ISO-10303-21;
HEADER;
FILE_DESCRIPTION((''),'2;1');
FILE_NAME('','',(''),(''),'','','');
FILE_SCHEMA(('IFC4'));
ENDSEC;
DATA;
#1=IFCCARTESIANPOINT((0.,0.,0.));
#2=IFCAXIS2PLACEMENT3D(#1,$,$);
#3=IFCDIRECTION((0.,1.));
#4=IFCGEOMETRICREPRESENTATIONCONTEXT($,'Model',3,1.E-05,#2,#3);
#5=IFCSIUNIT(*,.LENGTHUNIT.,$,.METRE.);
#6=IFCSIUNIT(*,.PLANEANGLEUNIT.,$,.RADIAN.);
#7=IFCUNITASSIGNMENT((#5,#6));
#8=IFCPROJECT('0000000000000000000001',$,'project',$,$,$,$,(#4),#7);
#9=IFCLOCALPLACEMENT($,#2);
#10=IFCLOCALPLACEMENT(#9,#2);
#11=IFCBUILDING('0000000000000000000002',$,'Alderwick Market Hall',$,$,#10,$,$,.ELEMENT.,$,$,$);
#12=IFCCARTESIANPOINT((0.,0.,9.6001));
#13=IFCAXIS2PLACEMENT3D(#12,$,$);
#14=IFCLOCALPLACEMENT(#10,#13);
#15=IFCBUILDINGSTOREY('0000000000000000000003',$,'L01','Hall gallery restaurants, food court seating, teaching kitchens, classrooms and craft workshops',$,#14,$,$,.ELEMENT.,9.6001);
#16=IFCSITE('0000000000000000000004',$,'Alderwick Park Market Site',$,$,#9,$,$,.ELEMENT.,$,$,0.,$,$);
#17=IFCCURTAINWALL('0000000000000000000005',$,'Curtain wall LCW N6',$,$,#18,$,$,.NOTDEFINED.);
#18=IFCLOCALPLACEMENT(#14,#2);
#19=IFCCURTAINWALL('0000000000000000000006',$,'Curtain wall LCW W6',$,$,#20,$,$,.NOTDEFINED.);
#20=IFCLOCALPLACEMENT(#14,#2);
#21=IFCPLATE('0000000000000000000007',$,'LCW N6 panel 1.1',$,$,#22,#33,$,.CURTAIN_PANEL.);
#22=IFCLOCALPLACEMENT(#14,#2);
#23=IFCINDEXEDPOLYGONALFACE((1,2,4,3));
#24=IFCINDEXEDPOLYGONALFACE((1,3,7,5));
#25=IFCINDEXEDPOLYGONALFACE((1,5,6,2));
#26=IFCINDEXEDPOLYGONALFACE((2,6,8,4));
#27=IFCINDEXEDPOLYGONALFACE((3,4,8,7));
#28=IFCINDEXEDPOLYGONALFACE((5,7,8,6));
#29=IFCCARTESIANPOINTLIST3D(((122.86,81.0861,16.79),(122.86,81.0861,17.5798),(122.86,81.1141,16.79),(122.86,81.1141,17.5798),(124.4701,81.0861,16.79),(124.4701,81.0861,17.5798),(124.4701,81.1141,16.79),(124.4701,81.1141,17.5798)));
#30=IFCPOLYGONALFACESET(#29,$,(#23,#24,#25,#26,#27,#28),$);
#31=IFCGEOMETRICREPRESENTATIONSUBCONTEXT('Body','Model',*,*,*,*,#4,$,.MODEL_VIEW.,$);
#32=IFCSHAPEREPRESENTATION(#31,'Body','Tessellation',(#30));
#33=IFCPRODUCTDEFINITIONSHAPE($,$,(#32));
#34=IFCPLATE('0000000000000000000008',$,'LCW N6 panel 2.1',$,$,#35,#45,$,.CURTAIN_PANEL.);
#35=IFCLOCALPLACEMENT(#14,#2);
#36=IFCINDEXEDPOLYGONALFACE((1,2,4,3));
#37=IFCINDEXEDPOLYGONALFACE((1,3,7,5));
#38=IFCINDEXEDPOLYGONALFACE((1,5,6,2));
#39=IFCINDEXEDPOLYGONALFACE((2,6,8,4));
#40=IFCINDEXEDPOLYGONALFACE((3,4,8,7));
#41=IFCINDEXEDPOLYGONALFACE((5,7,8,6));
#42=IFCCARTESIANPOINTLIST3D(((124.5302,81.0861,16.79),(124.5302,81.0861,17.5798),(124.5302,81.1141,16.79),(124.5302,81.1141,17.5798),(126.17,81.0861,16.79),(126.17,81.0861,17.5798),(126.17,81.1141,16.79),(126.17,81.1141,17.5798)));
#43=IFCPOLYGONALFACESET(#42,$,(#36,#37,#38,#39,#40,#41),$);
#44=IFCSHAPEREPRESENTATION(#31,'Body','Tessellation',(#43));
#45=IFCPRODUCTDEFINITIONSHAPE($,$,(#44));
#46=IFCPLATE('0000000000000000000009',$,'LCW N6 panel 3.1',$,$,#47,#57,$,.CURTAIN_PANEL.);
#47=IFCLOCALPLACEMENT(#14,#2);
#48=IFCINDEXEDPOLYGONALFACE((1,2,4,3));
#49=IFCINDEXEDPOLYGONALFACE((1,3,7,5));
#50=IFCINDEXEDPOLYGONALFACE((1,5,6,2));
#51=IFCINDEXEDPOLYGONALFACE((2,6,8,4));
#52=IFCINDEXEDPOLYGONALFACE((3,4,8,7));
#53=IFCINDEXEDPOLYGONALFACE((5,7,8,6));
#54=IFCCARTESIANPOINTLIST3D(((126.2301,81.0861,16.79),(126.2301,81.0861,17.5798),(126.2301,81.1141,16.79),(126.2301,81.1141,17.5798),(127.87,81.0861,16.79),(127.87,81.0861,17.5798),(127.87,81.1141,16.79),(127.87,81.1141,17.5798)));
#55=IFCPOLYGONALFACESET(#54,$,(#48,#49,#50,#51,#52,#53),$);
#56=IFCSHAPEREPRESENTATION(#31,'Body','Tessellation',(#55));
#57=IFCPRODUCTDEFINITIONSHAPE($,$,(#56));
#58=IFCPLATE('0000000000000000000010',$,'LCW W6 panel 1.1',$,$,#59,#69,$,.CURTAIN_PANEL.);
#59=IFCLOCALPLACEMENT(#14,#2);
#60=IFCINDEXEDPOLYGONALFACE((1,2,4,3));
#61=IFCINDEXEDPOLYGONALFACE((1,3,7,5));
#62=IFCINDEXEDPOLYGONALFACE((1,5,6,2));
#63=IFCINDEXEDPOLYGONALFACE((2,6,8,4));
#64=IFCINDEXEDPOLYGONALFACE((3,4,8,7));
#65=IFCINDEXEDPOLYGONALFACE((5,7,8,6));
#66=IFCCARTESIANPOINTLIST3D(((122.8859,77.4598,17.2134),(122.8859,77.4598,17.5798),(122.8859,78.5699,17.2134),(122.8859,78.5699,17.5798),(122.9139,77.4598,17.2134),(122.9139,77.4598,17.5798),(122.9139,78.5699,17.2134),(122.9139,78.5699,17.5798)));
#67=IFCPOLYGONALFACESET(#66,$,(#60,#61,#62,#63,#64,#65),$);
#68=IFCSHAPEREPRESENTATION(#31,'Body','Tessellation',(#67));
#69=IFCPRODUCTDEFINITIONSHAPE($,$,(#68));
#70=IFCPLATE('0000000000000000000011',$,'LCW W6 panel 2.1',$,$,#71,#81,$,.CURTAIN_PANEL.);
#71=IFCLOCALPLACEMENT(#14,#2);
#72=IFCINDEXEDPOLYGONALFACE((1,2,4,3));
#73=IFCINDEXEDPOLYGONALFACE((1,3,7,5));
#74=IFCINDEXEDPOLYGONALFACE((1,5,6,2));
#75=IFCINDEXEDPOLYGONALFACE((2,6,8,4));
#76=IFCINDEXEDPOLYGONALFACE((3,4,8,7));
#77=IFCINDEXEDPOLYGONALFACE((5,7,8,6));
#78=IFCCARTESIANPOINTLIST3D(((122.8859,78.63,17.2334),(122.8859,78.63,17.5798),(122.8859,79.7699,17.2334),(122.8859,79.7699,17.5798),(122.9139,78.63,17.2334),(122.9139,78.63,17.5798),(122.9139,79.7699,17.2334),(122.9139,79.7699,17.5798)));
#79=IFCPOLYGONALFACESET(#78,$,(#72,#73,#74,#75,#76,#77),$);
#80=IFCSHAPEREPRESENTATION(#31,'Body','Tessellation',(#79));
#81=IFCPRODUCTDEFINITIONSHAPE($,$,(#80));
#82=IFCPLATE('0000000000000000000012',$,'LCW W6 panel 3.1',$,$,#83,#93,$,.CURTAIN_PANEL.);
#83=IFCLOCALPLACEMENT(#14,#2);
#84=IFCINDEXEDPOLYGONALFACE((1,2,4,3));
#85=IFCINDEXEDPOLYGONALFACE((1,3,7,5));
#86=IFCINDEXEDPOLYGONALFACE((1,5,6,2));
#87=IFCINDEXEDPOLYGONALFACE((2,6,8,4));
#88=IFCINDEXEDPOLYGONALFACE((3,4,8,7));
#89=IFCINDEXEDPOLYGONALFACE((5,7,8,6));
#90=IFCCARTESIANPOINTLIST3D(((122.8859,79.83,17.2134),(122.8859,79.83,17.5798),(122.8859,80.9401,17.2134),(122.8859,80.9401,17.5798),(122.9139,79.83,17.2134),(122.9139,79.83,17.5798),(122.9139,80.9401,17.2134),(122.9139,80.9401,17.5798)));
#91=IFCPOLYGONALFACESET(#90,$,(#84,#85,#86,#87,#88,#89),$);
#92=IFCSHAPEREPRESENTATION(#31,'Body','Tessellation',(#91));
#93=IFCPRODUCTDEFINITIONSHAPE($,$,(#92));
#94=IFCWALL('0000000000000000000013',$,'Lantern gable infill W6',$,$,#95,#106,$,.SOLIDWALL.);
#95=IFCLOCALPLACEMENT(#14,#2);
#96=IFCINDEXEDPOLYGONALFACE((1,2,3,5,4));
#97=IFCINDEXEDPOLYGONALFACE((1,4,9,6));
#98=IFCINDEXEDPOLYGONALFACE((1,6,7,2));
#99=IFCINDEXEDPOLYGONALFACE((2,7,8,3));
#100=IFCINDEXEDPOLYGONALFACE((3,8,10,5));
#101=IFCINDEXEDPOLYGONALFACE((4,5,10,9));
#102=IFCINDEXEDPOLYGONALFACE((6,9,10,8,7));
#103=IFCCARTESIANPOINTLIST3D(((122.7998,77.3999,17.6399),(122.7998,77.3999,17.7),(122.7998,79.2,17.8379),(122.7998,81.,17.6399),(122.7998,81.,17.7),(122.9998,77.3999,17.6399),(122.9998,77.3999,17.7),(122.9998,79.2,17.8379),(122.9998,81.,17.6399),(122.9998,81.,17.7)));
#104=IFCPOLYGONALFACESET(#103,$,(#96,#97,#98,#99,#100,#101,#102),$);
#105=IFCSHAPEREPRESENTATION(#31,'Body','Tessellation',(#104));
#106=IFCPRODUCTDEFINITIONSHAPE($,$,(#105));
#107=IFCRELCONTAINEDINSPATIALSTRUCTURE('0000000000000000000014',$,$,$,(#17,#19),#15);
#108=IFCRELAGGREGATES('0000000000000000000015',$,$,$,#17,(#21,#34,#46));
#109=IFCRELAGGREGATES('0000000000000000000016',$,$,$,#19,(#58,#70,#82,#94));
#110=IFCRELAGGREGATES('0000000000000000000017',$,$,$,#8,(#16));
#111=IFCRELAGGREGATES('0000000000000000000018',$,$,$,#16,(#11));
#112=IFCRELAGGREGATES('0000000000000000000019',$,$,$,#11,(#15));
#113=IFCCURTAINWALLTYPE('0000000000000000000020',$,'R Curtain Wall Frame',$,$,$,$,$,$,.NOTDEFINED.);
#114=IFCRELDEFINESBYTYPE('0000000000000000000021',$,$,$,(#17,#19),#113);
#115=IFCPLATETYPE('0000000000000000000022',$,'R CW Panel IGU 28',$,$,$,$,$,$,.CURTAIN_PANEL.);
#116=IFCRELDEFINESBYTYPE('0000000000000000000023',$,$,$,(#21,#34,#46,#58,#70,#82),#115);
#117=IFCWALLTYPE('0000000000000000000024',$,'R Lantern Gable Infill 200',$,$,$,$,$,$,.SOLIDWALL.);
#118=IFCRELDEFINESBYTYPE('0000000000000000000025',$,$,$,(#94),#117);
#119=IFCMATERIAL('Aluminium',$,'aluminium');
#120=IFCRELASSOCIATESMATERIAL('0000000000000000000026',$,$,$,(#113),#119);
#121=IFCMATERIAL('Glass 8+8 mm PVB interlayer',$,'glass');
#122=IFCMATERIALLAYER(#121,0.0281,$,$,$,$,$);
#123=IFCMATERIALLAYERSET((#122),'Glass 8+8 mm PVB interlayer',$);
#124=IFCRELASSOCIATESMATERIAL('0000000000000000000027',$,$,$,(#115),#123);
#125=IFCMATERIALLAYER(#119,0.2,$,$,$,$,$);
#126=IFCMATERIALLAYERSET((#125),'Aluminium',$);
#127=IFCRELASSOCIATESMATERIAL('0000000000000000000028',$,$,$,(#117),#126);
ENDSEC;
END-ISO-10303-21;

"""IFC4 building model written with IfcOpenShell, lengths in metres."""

from ifc_helpers import new_model, si_unit, direction, frame, origin, origin_2d, place, context, subcontext, project, spatial, polyline, rectangle, outline, extrude, material, layer, layer_set, type_object, element, aggregate, save


model = new_model("IFC4")

# Units and contexts
model_context = context("Model", 3, precision=1e-05, world=origin(), true_north=direction((0.0, 1.0)))
body_context = subcontext(model_context, "Body", "Model", "MODEL_VIEW")
ifc_project = project(units=[si_unit("LENGTHUNIT", "METRE"), si_unit("PLANEANGLEUNIT", "RADIAN")], contexts=[model_context])

# Site, building, storey
site_placement = place(None, origin())
site = spatial("IfcSite", under=ifc_project, at=site_placement, Name="Alderwick Park Market Site", CompositionType="ELEMENT", RefElevation=0.0)
building_placement = place(site_placement, origin())
building = spatial("IfcBuilding", under=site, at=building_placement, Name="Alderwick Market Hall", CompositionType="ELEMENT")
storey_placement = place(building_placement, frame((0.0, 0.0, 9.6001)))
storey = spatial("IfcBuildingStorey", under=building, at=storey_placement, Name="L01", Description="Hall gallery restaurants, food court seating, teaching kitchens, classrooms and craft workshops", CompositionType="ELEMENT", Elevation=9.6001)

# Curtain walls
ifc_material_1 = material(Name="Aluminium", Category="aluminium")
curtain_wall_type = type_object("IfcCurtainWallType", Name="R Curtain Wall Frame", PredefinedType="NOTDEFINED", material=ifc_material_1)
curtain_wall_1_placement = place(storey_placement, origin())
curtain_wall_1 = element("IfcCurtainWall", 1, at=curtain_wall_1_placement, inside=storey, type_object=curtain_wall_type, Name="Curtain wall LCW N6", PredefinedType="NOTDEFINED")
curtain_wall_2_placement = place(storey_placement, origin())
curtain_wall_2 = element("IfcCurtainWall", 2, at=curtain_wall_2_placement, inside=storey, type_object=curtain_wall_type, Name="Curtain wall LCW W6", PredefinedType="NOTDEFINED")

# Plates
ifc_material_2 = material(Name="Glass 8+8 mm PVB interlayer", Category="glass")
ifc_layer_1 = layer(ifc_material_2, 0.0281)
ifc_layer_set_1 = layer_set([ifc_layer_1], Name="Glass 8+8 mm PVB interlayer")
plate_type = type_object("IfcPlateType", Name="R CW Panel IGU 28", PredefinedType="CURTAIN_PANEL", material=ifc_layer_set_1)
plate_1_placement = place(storey_placement, frame((123.665, 81.1001, 16.79), z_axis=(0.0, 0.0, 1.0), x_axis=(1.0, 0.0, 0.0)))
plate_1 = element("IfcPlate", 3, at=plate_1_placement, type_object=plate_type, Name="LCW N6 panel 1.1", PredefinedType="CURTAIN_PANEL", context=body_context, shape_type="SweptSolid", body=[
    extrude(rectangle(XDim=1.6101, YDim=0.0281, at=origin_2d()), origin(), (0.0, 0.0, 1.0), 0.7898),
])
plate_2_placement = place(storey_placement, frame((125.3501, 81.1001, 16.79), z_axis=(0.0, 0.0, 1.0), x_axis=(1.0, 0.0, 0.0)))
plate_2 = element("IfcPlate", 4, at=plate_2_placement, type_object=plate_type, Name="LCW N6 panel 2.1", PredefinedType="CURTAIN_PANEL", context=body_context, shape_type="SweptSolid", body=[
    extrude(rectangle(XDim=1.6399, YDim=0.0281, at=origin_2d()), origin(), (0.0, 0.0, 1.0), 0.7898),
])
plate_3_placement = place(storey_placement, frame((127.05, 81.1001, 16.79), z_axis=(0.0, 0.0, 1.0), x_axis=(1.0, 0.0, 0.0)))
plate_3 = element("IfcPlate", 5, at=plate_3_placement, type_object=plate_type, Name="LCW N6 panel 3.1", PredefinedType="CURTAIN_PANEL", context=body_context, shape_type="SweptSolid", body=[
    extrude(rectangle(XDim=1.6399, YDim=0.0281, at=origin_2d()), origin(), (0.0, 0.0, 1.0), 0.7898),
])
aggregate(curtain_wall_1, [plate_1, plate_2, plate_3])
plate_4_placement = place(storey_placement, frame((122.8999, 78.0149, 17.2134), z_axis=(0.0, 0.0, 1.0), x_axis=(1.0, 0.0, 0.0)))
plate_4 = element("IfcPlate", 6, at=plate_4_placement, type_object=plate_type, Name="LCW W6 panel 1.1", PredefinedType="CURTAIN_PANEL", context=body_context, shape_type="SweptSolid", body=[
    extrude(rectangle(XDim=0.0281, YDim=1.1101, at=origin_2d()), origin(), (0.0, 0.0, 1.0), 0.3665),
])
plate_5_placement = place(storey_placement, frame((122.8999, 79.2, 17.2334), z_axis=(0.0, 0.0, 1.0), x_axis=(1.0, 0.0, 0.0)))
plate_5 = element("IfcPlate", 7, at=plate_5_placement, type_object=plate_type, Name="LCW W6 panel 2.1", PredefinedType="CURTAIN_PANEL", context=body_context, shape_type="SweptSolid", body=[
    extrude(rectangle(XDim=0.0281, YDim=1.1399, at=origin_2d()), origin(), (0.0, 0.0, 1.0), 0.3464),
])
plate_6_placement = place(storey_placement, frame((122.8999, 80.385, 17.2134), z_axis=(0.0, 0.0, 1.0), x_axis=(1.0, 0.0, 0.0)))
plate_6 = element("IfcPlate", 8, at=plate_6_placement, type_object=plate_type, Name="LCW W6 panel 3.1", PredefinedType="CURTAIN_PANEL", context=body_context, shape_type="SweptSolid", body=[
    extrude(rectangle(XDim=0.0281, YDim=1.1101, at=origin_2d()), origin(), (0.0, 0.0, 1.0), 0.3665),
])

# Wall
ifc_layer_2 = layer(ifc_material_1, 0.2)
ifc_layer_set_2 = layer_set([ifc_layer_2], Name="Aluminium")
wall_type = type_object("IfcWallType", Name="R Lantern Gable Infill 200", PredefinedType="SOLIDWALL", material=ifc_layer_set_2)
wall_placement = place(storey_placement, frame((122.8999, 77.3999, 17.6399), z_axis=(0.0, 0.0, 1.0), x_axis=(0.0, 1.0, 0.0)))
wall = element("IfcWall", 9, at=wall_placement, type_object=wall_type, Name="Lantern gable infill W6", PredefinedType="SOLIDWALL", context=body_context, shape_type="SweptSolid", body=[
    extrude(outline(polyline([(0.0, 0.0), (3.6001, 0.0), (3.6001, 0.0601), (1.8, 0.198), (0.0, 0.0601), (0.0, 0.0)])), frame((0.0, 0.1001, 0.0), z_axis=(0.0, -1.0, 0.0), x_axis=(1.0, 0.0, 0.0)), (0.0, 0.0, 1.0), 0.2),
])
aggregate(curtain_wall_2, [plate_4, plate_5, plate_6, wall])

save(model, "model.ifc")
